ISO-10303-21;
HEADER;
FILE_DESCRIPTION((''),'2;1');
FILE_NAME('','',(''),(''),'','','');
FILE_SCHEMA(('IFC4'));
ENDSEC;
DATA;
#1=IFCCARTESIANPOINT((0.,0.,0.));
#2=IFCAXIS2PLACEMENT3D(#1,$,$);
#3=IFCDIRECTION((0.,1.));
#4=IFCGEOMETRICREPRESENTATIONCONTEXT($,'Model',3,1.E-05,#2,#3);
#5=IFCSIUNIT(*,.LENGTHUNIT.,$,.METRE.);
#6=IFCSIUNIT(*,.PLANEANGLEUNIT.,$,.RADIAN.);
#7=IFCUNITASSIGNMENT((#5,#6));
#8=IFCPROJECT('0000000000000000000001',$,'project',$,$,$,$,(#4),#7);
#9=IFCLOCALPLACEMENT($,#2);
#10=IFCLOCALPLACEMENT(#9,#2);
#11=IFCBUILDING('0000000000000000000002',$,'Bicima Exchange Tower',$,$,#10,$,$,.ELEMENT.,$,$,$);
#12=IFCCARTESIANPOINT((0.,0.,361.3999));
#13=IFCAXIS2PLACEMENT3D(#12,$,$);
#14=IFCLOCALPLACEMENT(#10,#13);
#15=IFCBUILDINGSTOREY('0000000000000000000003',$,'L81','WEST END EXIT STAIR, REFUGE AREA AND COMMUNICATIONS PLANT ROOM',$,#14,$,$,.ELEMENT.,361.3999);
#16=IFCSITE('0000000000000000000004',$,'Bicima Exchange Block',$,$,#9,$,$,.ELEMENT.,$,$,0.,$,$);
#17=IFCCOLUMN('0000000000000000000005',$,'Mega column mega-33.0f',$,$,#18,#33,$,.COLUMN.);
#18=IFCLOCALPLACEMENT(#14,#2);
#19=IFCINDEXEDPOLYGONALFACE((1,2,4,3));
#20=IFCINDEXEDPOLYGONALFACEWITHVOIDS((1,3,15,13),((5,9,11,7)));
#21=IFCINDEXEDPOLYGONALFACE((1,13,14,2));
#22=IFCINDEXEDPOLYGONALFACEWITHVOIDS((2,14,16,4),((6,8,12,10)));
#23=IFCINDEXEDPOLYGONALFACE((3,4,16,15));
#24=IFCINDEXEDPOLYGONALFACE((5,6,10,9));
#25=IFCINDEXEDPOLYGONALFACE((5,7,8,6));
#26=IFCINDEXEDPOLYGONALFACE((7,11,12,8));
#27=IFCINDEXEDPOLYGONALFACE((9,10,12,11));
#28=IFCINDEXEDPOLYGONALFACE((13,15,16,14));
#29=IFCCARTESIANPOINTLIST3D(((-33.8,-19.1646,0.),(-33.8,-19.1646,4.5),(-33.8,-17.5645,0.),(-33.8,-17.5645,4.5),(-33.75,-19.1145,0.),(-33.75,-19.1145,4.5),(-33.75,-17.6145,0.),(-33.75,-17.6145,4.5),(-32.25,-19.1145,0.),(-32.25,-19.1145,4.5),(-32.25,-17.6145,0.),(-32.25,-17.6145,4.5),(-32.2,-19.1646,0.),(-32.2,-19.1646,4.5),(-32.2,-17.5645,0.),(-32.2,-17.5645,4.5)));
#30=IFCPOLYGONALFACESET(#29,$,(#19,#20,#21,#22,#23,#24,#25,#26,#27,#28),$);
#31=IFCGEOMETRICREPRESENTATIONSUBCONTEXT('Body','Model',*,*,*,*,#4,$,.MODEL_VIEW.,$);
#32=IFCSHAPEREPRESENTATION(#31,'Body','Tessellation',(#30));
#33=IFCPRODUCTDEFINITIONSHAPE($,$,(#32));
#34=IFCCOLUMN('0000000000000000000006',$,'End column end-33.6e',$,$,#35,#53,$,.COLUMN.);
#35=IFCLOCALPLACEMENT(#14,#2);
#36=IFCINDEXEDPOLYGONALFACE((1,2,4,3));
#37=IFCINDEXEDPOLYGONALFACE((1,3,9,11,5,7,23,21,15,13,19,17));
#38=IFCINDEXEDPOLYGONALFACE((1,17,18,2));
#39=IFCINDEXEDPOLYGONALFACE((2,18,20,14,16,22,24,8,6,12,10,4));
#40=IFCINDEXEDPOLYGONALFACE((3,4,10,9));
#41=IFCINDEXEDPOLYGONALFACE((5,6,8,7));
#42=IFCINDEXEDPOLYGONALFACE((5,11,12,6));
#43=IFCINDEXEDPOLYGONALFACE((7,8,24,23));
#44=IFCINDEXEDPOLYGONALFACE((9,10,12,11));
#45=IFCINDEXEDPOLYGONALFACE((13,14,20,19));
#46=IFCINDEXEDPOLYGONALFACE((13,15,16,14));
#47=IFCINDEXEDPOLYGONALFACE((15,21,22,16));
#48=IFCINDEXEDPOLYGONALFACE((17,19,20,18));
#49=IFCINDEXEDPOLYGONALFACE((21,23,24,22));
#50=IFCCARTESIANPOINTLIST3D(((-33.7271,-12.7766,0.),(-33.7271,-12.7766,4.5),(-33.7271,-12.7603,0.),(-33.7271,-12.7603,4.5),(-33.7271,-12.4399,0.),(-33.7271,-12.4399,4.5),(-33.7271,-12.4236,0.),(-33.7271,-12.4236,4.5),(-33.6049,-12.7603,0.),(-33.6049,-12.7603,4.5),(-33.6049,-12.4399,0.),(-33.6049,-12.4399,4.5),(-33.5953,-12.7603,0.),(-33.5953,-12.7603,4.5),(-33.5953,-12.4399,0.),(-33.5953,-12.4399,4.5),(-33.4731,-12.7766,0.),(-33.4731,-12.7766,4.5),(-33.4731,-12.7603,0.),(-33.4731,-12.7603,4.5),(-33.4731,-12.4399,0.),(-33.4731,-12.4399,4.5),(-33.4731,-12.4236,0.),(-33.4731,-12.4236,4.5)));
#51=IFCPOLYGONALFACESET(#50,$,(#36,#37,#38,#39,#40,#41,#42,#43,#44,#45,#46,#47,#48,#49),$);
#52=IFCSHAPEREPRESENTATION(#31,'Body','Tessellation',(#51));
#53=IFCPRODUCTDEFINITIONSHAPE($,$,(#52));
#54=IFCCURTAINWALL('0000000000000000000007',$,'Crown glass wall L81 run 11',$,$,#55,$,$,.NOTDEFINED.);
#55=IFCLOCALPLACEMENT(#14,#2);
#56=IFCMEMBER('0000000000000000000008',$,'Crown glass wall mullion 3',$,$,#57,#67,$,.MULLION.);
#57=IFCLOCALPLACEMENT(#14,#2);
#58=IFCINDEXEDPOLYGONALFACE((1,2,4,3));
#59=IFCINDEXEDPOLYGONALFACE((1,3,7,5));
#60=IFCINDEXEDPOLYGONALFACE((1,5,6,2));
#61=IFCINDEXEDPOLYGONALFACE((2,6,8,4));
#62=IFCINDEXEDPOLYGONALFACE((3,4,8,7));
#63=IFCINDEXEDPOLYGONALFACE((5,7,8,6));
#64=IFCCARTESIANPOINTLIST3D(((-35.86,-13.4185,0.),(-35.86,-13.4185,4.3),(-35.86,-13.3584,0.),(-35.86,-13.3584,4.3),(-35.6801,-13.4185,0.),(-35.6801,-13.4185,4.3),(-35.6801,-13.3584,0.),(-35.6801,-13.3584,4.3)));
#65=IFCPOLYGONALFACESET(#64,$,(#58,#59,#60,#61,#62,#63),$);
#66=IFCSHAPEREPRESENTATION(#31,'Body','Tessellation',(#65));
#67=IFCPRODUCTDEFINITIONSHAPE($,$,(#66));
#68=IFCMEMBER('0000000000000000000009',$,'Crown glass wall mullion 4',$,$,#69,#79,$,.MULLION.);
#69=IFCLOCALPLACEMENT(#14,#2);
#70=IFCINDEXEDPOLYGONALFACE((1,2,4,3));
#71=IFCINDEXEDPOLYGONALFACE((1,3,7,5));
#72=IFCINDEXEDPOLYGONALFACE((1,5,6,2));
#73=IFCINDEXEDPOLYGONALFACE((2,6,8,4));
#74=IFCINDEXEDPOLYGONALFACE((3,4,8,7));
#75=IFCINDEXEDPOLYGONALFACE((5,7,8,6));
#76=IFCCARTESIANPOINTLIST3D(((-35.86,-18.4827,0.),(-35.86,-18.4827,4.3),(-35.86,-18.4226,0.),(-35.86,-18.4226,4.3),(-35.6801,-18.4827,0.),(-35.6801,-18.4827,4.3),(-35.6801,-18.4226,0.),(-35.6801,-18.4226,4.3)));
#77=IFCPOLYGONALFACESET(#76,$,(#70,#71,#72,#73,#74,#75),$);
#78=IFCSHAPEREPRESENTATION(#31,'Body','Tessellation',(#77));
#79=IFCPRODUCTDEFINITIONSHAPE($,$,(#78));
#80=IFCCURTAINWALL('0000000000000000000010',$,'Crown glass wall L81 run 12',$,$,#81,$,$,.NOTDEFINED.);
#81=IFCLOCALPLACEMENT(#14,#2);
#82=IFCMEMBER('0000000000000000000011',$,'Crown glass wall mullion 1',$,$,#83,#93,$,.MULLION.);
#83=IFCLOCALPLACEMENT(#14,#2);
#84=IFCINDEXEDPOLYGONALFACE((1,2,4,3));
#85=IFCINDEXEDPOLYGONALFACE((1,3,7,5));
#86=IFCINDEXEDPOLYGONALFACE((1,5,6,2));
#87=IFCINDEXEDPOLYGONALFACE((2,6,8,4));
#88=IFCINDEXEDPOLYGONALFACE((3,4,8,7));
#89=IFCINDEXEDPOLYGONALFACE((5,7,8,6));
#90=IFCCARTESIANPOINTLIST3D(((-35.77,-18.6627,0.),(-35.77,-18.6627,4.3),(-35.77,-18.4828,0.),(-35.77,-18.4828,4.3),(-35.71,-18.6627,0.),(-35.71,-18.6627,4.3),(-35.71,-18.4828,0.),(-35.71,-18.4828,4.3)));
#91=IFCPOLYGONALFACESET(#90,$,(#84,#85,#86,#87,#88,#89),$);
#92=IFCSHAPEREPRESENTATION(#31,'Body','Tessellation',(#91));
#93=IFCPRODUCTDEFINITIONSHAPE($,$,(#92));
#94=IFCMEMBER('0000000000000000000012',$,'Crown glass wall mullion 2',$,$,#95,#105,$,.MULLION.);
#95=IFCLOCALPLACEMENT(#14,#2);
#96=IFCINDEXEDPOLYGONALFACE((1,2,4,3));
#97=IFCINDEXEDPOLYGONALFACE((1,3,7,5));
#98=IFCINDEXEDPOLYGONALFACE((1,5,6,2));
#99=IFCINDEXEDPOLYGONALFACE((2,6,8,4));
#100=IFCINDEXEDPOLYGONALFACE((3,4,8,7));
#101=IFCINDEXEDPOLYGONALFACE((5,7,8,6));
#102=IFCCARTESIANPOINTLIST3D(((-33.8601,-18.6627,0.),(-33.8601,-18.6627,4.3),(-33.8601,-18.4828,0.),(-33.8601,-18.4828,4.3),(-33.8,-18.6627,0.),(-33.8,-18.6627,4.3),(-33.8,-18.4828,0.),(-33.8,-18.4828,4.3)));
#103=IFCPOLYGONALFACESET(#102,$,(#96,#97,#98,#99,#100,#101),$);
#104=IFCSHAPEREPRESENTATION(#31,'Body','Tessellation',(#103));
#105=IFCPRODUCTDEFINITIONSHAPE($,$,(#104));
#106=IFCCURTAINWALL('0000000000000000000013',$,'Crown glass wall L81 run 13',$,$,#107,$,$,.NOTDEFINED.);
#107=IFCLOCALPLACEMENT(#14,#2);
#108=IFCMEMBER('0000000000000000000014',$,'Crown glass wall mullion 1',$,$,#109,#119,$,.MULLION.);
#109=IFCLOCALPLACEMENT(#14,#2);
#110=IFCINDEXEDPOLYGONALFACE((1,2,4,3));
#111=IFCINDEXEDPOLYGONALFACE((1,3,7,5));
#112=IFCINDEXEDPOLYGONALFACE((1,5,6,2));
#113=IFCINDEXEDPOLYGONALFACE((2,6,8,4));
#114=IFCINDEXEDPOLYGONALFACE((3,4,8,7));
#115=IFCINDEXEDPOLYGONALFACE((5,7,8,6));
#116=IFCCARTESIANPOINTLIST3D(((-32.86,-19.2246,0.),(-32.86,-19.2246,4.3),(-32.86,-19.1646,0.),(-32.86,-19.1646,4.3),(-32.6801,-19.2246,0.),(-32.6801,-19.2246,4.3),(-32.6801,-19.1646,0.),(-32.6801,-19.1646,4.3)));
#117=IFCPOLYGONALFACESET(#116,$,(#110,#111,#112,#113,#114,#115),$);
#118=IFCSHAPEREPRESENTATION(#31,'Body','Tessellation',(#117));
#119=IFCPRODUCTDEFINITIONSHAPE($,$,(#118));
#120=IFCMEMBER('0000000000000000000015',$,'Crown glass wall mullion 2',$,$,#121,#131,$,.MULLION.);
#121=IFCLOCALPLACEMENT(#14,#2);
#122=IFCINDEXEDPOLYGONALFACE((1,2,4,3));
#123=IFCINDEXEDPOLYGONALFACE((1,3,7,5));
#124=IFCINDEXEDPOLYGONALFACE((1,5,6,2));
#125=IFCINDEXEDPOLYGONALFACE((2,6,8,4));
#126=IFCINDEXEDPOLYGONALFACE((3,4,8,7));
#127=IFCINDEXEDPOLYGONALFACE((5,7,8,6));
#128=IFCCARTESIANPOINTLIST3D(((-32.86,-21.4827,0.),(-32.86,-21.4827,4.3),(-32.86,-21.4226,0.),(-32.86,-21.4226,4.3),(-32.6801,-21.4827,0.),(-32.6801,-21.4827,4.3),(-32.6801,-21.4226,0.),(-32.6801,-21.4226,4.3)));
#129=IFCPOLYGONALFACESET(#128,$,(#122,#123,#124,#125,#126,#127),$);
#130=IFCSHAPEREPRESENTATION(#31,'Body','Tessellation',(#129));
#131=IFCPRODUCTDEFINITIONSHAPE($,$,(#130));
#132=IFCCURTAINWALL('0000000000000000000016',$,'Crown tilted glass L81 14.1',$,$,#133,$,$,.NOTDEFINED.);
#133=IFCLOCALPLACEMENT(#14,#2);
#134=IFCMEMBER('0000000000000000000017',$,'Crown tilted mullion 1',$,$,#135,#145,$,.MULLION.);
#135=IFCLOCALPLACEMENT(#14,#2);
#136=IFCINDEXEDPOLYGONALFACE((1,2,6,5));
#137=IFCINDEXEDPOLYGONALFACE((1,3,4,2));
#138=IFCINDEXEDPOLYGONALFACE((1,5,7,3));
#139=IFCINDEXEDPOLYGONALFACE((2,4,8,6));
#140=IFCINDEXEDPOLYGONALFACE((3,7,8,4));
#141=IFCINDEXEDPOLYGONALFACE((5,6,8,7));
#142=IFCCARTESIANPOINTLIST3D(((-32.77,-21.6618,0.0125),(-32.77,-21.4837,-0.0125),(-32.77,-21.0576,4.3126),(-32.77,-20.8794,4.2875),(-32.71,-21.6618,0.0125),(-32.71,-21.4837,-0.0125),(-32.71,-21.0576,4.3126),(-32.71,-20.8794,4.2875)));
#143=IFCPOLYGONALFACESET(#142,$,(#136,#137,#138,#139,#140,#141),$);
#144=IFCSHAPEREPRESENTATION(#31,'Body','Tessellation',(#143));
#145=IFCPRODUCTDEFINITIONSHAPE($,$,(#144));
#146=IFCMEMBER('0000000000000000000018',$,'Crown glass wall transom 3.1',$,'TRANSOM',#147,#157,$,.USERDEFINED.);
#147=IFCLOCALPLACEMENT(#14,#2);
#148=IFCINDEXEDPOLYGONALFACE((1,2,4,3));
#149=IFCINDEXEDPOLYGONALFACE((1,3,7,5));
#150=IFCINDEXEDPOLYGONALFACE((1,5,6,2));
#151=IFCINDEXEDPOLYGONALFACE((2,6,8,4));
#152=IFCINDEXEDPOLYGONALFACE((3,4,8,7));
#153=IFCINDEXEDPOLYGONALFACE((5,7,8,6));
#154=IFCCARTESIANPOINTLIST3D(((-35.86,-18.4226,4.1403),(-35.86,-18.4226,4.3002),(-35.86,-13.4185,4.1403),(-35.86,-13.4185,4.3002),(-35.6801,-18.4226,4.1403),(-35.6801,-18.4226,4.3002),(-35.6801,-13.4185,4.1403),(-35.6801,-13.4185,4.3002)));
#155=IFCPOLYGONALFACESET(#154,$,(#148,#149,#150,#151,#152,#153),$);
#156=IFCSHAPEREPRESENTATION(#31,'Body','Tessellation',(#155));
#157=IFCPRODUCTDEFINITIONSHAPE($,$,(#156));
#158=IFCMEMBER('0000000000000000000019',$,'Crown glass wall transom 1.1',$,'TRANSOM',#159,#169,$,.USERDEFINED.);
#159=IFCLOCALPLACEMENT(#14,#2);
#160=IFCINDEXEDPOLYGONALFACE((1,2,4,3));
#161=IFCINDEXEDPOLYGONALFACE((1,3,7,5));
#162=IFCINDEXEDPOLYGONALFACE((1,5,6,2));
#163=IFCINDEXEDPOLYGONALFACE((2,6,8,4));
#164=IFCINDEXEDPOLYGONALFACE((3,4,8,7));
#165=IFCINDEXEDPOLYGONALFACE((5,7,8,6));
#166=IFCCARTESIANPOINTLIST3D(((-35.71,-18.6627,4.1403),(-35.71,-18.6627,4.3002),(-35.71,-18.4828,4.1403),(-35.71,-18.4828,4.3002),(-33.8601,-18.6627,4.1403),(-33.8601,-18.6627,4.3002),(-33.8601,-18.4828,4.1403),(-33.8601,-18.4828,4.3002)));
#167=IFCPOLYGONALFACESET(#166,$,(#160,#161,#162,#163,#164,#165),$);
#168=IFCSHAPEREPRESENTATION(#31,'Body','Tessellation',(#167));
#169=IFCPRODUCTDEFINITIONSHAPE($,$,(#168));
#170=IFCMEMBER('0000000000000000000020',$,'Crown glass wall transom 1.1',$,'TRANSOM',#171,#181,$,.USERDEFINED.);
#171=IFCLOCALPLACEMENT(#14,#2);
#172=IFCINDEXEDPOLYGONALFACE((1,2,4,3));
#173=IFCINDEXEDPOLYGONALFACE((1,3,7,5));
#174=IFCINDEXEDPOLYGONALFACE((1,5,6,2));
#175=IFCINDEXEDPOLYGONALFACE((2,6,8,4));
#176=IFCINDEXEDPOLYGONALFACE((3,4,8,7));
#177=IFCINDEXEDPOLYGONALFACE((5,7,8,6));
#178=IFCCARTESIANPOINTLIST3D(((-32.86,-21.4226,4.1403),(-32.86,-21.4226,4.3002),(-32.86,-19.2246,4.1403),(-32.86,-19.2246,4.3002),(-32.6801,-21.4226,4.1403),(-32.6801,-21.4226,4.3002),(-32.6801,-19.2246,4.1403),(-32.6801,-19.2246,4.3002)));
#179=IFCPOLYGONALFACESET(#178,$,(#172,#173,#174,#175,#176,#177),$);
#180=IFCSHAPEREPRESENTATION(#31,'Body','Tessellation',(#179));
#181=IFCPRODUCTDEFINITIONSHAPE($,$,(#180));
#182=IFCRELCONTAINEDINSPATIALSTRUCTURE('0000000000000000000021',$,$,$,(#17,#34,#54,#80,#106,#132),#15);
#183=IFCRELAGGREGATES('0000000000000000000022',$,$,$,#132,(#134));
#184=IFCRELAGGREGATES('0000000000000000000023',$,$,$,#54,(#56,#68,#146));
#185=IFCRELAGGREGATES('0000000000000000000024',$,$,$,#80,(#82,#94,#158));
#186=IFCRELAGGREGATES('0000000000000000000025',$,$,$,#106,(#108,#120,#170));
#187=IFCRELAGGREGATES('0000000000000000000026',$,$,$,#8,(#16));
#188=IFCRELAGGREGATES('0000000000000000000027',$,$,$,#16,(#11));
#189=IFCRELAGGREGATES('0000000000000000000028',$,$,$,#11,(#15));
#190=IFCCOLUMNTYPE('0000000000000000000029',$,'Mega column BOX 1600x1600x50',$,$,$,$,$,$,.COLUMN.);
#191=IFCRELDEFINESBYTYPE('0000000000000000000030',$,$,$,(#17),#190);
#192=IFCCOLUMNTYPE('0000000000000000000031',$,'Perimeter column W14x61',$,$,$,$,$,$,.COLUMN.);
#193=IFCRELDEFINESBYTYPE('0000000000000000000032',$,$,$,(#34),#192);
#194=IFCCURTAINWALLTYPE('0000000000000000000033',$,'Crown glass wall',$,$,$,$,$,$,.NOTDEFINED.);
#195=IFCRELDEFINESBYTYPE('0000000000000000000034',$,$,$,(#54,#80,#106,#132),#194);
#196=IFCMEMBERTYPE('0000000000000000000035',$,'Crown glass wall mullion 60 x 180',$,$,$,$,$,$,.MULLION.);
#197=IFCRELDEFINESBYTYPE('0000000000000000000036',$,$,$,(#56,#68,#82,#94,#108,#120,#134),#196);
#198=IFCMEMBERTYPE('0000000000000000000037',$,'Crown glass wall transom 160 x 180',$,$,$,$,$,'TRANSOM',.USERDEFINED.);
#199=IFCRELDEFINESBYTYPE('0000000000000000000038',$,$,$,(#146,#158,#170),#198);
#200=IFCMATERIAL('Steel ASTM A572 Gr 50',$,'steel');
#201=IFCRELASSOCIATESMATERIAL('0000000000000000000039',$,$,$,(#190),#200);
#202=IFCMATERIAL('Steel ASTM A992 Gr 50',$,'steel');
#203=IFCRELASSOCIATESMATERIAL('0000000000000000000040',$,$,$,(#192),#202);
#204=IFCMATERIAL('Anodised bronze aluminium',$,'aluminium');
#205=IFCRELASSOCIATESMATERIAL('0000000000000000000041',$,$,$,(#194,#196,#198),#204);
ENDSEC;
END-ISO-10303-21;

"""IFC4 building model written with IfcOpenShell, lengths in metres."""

from ifc_helpers import new_model, si_unit, direction, frame, origin, origin_2d, place, context, subcontext, project, spatial, rectangle, hollow_rectangle, i_section, extrude, material, material_profile, profile_set, type_object, element, aggregate, save


model = new_model("IFC4")

# Units and contexts
model_context = context("Model", 3, precision=1e-05, world=origin(), true_north=direction((0.0, 1.0)))
body_context = subcontext(model_context, "Body", "Model", "MODEL_VIEW")
ifc_project = project(units=[si_unit("LENGTHUNIT", "METRE"), si_unit("PLANEANGLEUNIT", "RADIAN")], contexts=[model_context])

# Site, building, storey
site_placement = place(None, origin())
site = spatial("IfcSite", under=ifc_project, at=site_placement, Name="Bicima Exchange Block", CompositionType="ELEMENT", RefElevation=0.0)
building_placement = place(site_placement, origin())
building = spatial("IfcBuilding", under=site, at=building_placement, Name="Bicima Exchange Tower", CompositionType="ELEMENT")
storey_placement = place(building_placement, frame((0.0, 0.0, 361.3999)))
storey = spatial("IfcBuildingStorey", under=building, at=storey_placement, Name="L81", Description="WEST END EXIT STAIR, REFUGE AREA AND COMMUNICATIONS PLANT ROOM", CompositionType="ELEMENT", Elevation=361.3999)

# Columns
ifc_material_1 = material(Name="Steel ASTM A572 Gr 50", Category="steel")
ifc_material_profile_1 = material_profile(ifc_material_1, hollow_rectangle(XDim=1.6001, YDim=1.6001, WallThickness=0.05, at=origin_2d()))
ifc_profile_set_1 = profile_set([ifc_material_profile_1], Name="Steel ASTM A572 Gr 50")
column_type_1 = type_object("IfcColumnType", Name="Mega column BOX 1600x1600x50", PredefinedType="COLUMN", material=ifc_profile_set_1)
column_1_placement = place(storey_placement, frame((-33.0, -18.3645, 0.0), z_axis=(0.0, 0.0, 1.0), x_axis=(1.0, 0.0, 0.0)))
element("IfcColumn", 1, at=column_1_placement, inside=storey, type_object=column_type_1, Name="Mega column mega-33.0f", PredefinedType="COLUMN", context=body_context, shape_type="SweptSolid", body=[
    extrude(hollow_rectangle(XDim=1.6001, YDim=1.6001, WallThickness=0.05, at=origin_2d()), origin(), (0.0, 0.0, 1.0), 4.5),
])
ifc_material_2 = material(Name="Steel ASTM A992 Gr 50", Category="steel")
ifc_material_profile_2 = material_profile(ifc_material_2, i_section(OverallWidth=0.2539, OverallDepth=0.353, WebThickness=0.0095, FlangeThickness=0.0164, at=origin_2d()))
ifc_profile_set_2 = profile_set([ifc_material_profile_2], Name="Steel ASTM A992 Gr 50")
column_type_2 = type_object("IfcColumnType", Name="Perimeter column W14x61", PredefinedType="COLUMN", material=ifc_profile_set_2)
column_2_placement = place(storey_placement, frame((-33.6001, -12.6001, 0.0), z_axis=(0.0, 0.0, 1.0), x_axis=(1.0, 0.0, 0.0)))
element("IfcColumn", 2, at=column_2_placement, inside=storey, type_object=column_type_2, Name="End column end-33.6e", PredefinedType="COLUMN", context=body_context, shape_type="SweptSolid", body=[
    extrude(i_section(OverallWidth=0.2539, OverallDepth=0.353, WebThickness=0.0095, FlangeThickness=0.0164, at=origin_2d()), origin(), (0.0, 0.0, 1.0), 4.5),
])

# Curtain walls, members
ifc_material_3 = material(Name="Anodised bronze aluminium", Category="aluminium")
curtain_wall_type = type_object("IfcCurtainWallType", Name="Crown glass wall", PredefinedType="NOTDEFINED", material=ifc_material_3)
curtain_wall_1_placement = place(storey_placement, origin())
curtain_wall_1 = element("IfcCurtainWall", 3, at=curtain_wall_1_placement, inside=storey, type_object=curtain_wall_type, Name="Crown glass wall L81 run 11", PredefinedType="NOTDEFINED")
ifc_material_profile_3 = material_profile(ifc_material_3, rectangle(XDim=0.1799, YDim=0.0601, at=origin_2d()))
ifc_profile_set_3 = profile_set([ifc_material_profile_3], Name="Anodised bronze aluminium")
member_type_1 = type_object("IfcMemberType", Name="Crown glass wall mullion 60 x 180", PredefinedType="MULLION", material=ifc_profile_set_3)
member_1_placement = place(storey_placement, frame((-35.77, -13.3884, 0.0), z_axis=(0.0, 0.0, 1.0), x_axis=(1.0, 0.0, 0.0)))
member_1 = element("IfcMember", 4, at=member_1_placement, type_object=member_type_1, Name="Crown glass wall mullion 3", PredefinedType="MULLION", context=body_context, shape_type="SweptSolid", body=[
    extrude(rectangle(XDim=0.1799, YDim=0.0601, at=origin_2d()), origin(), (0.0, 0.0, 1.0), 4.3),
])
member_2_placement = place(storey_placement, frame((-35.77, -18.4526, 0.0), z_axis=(0.0, 0.0, 1.0), x_axis=(1.0, 0.0, 0.0)))
member_2 = element("IfcMember", 5, at=member_2_placement, type_object=member_type_1, Name="Crown glass wall mullion 4", PredefinedType="MULLION", context=body_context, shape_type="SweptSolid", body=[
    extrude(rectangle(XDim=0.1799, YDim=0.0601, at=origin_2d()), origin(), (0.0, 0.0, 1.0), 4.3),
])
curtain_wall_2_placement = place(storey_placement, origin())
curtain_wall_2 = element("IfcCurtainWall", 6, at=curtain_wall_2_placement, inside=storey, type_object=curtain_wall_type, Name="Crown glass wall L81 run 12", PredefinedType="NOTDEFINED")
member_3_placement = place(storey_placement, frame((-35.74, -18.5728, 0.0), z_axis=(0.0, 0.0, 1.0), x_axis=(0.0, 1.0, 0.0)))
member_3 = element("IfcMember", 7, at=member_3_placement, type_object=member_type_1, Name="Crown glass wall mullion 1", PredefinedType="MULLION", context=body_context, shape_type="SweptSolid", body=[
    extrude(rectangle(XDim=0.1799, YDim=0.0601, at=origin_2d()), origin(), (0.0, 0.0, 1.0), 4.3),
])
member_4_placement = place(storey_placement, frame((-33.8301, -18.5728, 0.0), z_axis=(0.0, 0.0, 1.0), x_axis=(0.0, 1.0, 0.0)))
member_4 = element("IfcMember", 8, at=member_4_placement, type_object=member_type_1, Name="Crown glass wall mullion 2", PredefinedType="MULLION", context=body_context, shape_type="SweptSolid", body=[
    extrude(rectangle(XDim=0.1799, YDim=0.0601, at=origin_2d()), origin(), (0.0, 0.0, 1.0), 4.3),
])
curtain_wall_3_placement = place(storey_placement, origin())
curtain_wall_3 = element("IfcCurtainWall", 9, at=curtain_wall_3_placement, inside=storey, type_object=curtain_wall_type, Name="Crown glass wall L81 run 13", PredefinedType="NOTDEFINED")
member_5_placement = place(storey_placement, frame((-32.77, -19.1946, 0.0), z_axis=(0.0, 0.0, 1.0), x_axis=(1.0, 0.0, 0.0)))
member_5 = element("IfcMember", 10, at=member_5_placement, type_object=member_type_1, Name="Crown glass wall mullion 1", PredefinedType="MULLION", context=body_context, shape_type="SweptSolid", body=[
    extrude(rectangle(XDim=0.1799, YDim=0.0601, at=origin_2d()), origin(), (0.0, 0.0, 1.0), 4.3),
])
member_6_placement = place(storey_placement, frame((-32.77, -21.4526, 0.0), z_axis=(0.0, 0.0, 1.0), x_axis=(1.0, 0.0, 0.0)))
member_6 = element("IfcMember", 11, at=member_6_placement, type_object=member_type_1, Name="Crown glass wall mullion 2", PredefinedType="MULLION", context=body_context, shape_type="SweptSolid", body=[
    extrude(rectangle(XDim=0.1799, YDim=0.0601, at=origin_2d()), origin(), (0.0, 0.0, 1.0), 4.3),
])

# Curtain wall, member
curtain_wall_4_placement = place(storey_placement, origin())
curtain_wall_4 = element("IfcCurtainWall", 12, at=curtain_wall_4_placement, inside=storey, type_object=curtain_wall_type, Name="Crown tilted glass L81 14.1", PredefinedType="NOTDEFINED")
member_7_placement = place(storey_placement, frame((-32.74, -21.5728, 0.0), z_axis=(0.0, 0.139154, 0.990271), x_axis=(0.0, -0.990271, 0.139154)))
member_7 = element("IfcMember", 13, at=member_7_placement, type_object=member_type_1, Name="Crown tilted mullion 1", PredefinedType="MULLION", context=body_context, shape_type="SweptSolid", body=[
    extrude(rectangle(XDim=0.1799, YDim=0.0601, at=origin_2d()), origin(), (0.0, 0.0, 1.0), 4.3423),
])
aggregate(curtain_wall_4, [member_7])

# Members
ifc_material_profile_4 = material_profile(ifc_material_3, rectangle(XDim=0.1799, YDim=0.1599, at=origin_2d()))
ifc_profile_set_4 = profile_set([ifc_material_profile_4], Name="Anodised bronze aluminium")
member_type_2 = type_object("IfcMemberType", Name="Crown glass wall transom 160 x 180", ElementType="TRANSOM", PredefinedType="USERDEFINED", material=ifc_profile_set_4)
member_8_placement = place(storey_placement, frame((-35.77, -13.4185, 4.2202), z_axis=(0.0, -1.0, 0.0), x_axis=(1.0, 0.0, 0.0)))
member_8 = element("IfcMember", 14, at=member_8_placement, type_object=member_type_2, Name="Crown glass wall transom 3.1", ObjectType="TRANSOM", PredefinedType="USERDEFINED", context=body_context, shape_type="SweptSolid", body=[
    extrude(rectangle(XDim=0.1799, YDim=0.1599, at=origin_2d()), origin(), (0.0, 0.0, 1.0), 5.0042),
])
member_9_placement = place(storey_placement, frame((-35.71, -18.5728, 4.2202), z_axis=(1.0, 0.0, 0.0), x_axis=(0.0, 1.0, 0.0)))
member_9 = element("IfcMember", 15, at=member_9_placement, type_object=member_type_2, Name="Crown glass wall transom 1.1", ObjectType="TRANSOM", PredefinedType="USERDEFINED", context=body_context, shape_type="SweptSolid", body=[
    extrude(rectangle(XDim=0.1799, YDim=0.1599, at=origin_2d()), origin(), (0.0, 0.0, 1.0), 1.8499),
])
member_10_placement = place(storey_placement, frame((-32.77, -19.2246, 4.2202), z_axis=(0.0, -1.0, 0.0), x_axis=(1.0, 0.0, 0.0)))
member_10 = element("IfcMember", 16, at=member_10_placement, type_object=member_type_2, Name="Crown glass wall transom 1.1", ObjectType="TRANSOM", PredefinedType="USERDEFINED", context=body_context, shape_type="SweptSolid", body=[
    extrude(rectangle(XDim=0.1799, YDim=0.1599, at=origin_2d()), origin(), (0.0, 0.0, 1.0), 2.198),
])

aggregate(curtain_wall_1, [member_1, member_2, member_8])
aggregate(curtain_wall_2, [member_3, member_4, member_9])
aggregate(curtain_wall_3, [member_5, member_6, member_10])

save(model, "model.ifc")
